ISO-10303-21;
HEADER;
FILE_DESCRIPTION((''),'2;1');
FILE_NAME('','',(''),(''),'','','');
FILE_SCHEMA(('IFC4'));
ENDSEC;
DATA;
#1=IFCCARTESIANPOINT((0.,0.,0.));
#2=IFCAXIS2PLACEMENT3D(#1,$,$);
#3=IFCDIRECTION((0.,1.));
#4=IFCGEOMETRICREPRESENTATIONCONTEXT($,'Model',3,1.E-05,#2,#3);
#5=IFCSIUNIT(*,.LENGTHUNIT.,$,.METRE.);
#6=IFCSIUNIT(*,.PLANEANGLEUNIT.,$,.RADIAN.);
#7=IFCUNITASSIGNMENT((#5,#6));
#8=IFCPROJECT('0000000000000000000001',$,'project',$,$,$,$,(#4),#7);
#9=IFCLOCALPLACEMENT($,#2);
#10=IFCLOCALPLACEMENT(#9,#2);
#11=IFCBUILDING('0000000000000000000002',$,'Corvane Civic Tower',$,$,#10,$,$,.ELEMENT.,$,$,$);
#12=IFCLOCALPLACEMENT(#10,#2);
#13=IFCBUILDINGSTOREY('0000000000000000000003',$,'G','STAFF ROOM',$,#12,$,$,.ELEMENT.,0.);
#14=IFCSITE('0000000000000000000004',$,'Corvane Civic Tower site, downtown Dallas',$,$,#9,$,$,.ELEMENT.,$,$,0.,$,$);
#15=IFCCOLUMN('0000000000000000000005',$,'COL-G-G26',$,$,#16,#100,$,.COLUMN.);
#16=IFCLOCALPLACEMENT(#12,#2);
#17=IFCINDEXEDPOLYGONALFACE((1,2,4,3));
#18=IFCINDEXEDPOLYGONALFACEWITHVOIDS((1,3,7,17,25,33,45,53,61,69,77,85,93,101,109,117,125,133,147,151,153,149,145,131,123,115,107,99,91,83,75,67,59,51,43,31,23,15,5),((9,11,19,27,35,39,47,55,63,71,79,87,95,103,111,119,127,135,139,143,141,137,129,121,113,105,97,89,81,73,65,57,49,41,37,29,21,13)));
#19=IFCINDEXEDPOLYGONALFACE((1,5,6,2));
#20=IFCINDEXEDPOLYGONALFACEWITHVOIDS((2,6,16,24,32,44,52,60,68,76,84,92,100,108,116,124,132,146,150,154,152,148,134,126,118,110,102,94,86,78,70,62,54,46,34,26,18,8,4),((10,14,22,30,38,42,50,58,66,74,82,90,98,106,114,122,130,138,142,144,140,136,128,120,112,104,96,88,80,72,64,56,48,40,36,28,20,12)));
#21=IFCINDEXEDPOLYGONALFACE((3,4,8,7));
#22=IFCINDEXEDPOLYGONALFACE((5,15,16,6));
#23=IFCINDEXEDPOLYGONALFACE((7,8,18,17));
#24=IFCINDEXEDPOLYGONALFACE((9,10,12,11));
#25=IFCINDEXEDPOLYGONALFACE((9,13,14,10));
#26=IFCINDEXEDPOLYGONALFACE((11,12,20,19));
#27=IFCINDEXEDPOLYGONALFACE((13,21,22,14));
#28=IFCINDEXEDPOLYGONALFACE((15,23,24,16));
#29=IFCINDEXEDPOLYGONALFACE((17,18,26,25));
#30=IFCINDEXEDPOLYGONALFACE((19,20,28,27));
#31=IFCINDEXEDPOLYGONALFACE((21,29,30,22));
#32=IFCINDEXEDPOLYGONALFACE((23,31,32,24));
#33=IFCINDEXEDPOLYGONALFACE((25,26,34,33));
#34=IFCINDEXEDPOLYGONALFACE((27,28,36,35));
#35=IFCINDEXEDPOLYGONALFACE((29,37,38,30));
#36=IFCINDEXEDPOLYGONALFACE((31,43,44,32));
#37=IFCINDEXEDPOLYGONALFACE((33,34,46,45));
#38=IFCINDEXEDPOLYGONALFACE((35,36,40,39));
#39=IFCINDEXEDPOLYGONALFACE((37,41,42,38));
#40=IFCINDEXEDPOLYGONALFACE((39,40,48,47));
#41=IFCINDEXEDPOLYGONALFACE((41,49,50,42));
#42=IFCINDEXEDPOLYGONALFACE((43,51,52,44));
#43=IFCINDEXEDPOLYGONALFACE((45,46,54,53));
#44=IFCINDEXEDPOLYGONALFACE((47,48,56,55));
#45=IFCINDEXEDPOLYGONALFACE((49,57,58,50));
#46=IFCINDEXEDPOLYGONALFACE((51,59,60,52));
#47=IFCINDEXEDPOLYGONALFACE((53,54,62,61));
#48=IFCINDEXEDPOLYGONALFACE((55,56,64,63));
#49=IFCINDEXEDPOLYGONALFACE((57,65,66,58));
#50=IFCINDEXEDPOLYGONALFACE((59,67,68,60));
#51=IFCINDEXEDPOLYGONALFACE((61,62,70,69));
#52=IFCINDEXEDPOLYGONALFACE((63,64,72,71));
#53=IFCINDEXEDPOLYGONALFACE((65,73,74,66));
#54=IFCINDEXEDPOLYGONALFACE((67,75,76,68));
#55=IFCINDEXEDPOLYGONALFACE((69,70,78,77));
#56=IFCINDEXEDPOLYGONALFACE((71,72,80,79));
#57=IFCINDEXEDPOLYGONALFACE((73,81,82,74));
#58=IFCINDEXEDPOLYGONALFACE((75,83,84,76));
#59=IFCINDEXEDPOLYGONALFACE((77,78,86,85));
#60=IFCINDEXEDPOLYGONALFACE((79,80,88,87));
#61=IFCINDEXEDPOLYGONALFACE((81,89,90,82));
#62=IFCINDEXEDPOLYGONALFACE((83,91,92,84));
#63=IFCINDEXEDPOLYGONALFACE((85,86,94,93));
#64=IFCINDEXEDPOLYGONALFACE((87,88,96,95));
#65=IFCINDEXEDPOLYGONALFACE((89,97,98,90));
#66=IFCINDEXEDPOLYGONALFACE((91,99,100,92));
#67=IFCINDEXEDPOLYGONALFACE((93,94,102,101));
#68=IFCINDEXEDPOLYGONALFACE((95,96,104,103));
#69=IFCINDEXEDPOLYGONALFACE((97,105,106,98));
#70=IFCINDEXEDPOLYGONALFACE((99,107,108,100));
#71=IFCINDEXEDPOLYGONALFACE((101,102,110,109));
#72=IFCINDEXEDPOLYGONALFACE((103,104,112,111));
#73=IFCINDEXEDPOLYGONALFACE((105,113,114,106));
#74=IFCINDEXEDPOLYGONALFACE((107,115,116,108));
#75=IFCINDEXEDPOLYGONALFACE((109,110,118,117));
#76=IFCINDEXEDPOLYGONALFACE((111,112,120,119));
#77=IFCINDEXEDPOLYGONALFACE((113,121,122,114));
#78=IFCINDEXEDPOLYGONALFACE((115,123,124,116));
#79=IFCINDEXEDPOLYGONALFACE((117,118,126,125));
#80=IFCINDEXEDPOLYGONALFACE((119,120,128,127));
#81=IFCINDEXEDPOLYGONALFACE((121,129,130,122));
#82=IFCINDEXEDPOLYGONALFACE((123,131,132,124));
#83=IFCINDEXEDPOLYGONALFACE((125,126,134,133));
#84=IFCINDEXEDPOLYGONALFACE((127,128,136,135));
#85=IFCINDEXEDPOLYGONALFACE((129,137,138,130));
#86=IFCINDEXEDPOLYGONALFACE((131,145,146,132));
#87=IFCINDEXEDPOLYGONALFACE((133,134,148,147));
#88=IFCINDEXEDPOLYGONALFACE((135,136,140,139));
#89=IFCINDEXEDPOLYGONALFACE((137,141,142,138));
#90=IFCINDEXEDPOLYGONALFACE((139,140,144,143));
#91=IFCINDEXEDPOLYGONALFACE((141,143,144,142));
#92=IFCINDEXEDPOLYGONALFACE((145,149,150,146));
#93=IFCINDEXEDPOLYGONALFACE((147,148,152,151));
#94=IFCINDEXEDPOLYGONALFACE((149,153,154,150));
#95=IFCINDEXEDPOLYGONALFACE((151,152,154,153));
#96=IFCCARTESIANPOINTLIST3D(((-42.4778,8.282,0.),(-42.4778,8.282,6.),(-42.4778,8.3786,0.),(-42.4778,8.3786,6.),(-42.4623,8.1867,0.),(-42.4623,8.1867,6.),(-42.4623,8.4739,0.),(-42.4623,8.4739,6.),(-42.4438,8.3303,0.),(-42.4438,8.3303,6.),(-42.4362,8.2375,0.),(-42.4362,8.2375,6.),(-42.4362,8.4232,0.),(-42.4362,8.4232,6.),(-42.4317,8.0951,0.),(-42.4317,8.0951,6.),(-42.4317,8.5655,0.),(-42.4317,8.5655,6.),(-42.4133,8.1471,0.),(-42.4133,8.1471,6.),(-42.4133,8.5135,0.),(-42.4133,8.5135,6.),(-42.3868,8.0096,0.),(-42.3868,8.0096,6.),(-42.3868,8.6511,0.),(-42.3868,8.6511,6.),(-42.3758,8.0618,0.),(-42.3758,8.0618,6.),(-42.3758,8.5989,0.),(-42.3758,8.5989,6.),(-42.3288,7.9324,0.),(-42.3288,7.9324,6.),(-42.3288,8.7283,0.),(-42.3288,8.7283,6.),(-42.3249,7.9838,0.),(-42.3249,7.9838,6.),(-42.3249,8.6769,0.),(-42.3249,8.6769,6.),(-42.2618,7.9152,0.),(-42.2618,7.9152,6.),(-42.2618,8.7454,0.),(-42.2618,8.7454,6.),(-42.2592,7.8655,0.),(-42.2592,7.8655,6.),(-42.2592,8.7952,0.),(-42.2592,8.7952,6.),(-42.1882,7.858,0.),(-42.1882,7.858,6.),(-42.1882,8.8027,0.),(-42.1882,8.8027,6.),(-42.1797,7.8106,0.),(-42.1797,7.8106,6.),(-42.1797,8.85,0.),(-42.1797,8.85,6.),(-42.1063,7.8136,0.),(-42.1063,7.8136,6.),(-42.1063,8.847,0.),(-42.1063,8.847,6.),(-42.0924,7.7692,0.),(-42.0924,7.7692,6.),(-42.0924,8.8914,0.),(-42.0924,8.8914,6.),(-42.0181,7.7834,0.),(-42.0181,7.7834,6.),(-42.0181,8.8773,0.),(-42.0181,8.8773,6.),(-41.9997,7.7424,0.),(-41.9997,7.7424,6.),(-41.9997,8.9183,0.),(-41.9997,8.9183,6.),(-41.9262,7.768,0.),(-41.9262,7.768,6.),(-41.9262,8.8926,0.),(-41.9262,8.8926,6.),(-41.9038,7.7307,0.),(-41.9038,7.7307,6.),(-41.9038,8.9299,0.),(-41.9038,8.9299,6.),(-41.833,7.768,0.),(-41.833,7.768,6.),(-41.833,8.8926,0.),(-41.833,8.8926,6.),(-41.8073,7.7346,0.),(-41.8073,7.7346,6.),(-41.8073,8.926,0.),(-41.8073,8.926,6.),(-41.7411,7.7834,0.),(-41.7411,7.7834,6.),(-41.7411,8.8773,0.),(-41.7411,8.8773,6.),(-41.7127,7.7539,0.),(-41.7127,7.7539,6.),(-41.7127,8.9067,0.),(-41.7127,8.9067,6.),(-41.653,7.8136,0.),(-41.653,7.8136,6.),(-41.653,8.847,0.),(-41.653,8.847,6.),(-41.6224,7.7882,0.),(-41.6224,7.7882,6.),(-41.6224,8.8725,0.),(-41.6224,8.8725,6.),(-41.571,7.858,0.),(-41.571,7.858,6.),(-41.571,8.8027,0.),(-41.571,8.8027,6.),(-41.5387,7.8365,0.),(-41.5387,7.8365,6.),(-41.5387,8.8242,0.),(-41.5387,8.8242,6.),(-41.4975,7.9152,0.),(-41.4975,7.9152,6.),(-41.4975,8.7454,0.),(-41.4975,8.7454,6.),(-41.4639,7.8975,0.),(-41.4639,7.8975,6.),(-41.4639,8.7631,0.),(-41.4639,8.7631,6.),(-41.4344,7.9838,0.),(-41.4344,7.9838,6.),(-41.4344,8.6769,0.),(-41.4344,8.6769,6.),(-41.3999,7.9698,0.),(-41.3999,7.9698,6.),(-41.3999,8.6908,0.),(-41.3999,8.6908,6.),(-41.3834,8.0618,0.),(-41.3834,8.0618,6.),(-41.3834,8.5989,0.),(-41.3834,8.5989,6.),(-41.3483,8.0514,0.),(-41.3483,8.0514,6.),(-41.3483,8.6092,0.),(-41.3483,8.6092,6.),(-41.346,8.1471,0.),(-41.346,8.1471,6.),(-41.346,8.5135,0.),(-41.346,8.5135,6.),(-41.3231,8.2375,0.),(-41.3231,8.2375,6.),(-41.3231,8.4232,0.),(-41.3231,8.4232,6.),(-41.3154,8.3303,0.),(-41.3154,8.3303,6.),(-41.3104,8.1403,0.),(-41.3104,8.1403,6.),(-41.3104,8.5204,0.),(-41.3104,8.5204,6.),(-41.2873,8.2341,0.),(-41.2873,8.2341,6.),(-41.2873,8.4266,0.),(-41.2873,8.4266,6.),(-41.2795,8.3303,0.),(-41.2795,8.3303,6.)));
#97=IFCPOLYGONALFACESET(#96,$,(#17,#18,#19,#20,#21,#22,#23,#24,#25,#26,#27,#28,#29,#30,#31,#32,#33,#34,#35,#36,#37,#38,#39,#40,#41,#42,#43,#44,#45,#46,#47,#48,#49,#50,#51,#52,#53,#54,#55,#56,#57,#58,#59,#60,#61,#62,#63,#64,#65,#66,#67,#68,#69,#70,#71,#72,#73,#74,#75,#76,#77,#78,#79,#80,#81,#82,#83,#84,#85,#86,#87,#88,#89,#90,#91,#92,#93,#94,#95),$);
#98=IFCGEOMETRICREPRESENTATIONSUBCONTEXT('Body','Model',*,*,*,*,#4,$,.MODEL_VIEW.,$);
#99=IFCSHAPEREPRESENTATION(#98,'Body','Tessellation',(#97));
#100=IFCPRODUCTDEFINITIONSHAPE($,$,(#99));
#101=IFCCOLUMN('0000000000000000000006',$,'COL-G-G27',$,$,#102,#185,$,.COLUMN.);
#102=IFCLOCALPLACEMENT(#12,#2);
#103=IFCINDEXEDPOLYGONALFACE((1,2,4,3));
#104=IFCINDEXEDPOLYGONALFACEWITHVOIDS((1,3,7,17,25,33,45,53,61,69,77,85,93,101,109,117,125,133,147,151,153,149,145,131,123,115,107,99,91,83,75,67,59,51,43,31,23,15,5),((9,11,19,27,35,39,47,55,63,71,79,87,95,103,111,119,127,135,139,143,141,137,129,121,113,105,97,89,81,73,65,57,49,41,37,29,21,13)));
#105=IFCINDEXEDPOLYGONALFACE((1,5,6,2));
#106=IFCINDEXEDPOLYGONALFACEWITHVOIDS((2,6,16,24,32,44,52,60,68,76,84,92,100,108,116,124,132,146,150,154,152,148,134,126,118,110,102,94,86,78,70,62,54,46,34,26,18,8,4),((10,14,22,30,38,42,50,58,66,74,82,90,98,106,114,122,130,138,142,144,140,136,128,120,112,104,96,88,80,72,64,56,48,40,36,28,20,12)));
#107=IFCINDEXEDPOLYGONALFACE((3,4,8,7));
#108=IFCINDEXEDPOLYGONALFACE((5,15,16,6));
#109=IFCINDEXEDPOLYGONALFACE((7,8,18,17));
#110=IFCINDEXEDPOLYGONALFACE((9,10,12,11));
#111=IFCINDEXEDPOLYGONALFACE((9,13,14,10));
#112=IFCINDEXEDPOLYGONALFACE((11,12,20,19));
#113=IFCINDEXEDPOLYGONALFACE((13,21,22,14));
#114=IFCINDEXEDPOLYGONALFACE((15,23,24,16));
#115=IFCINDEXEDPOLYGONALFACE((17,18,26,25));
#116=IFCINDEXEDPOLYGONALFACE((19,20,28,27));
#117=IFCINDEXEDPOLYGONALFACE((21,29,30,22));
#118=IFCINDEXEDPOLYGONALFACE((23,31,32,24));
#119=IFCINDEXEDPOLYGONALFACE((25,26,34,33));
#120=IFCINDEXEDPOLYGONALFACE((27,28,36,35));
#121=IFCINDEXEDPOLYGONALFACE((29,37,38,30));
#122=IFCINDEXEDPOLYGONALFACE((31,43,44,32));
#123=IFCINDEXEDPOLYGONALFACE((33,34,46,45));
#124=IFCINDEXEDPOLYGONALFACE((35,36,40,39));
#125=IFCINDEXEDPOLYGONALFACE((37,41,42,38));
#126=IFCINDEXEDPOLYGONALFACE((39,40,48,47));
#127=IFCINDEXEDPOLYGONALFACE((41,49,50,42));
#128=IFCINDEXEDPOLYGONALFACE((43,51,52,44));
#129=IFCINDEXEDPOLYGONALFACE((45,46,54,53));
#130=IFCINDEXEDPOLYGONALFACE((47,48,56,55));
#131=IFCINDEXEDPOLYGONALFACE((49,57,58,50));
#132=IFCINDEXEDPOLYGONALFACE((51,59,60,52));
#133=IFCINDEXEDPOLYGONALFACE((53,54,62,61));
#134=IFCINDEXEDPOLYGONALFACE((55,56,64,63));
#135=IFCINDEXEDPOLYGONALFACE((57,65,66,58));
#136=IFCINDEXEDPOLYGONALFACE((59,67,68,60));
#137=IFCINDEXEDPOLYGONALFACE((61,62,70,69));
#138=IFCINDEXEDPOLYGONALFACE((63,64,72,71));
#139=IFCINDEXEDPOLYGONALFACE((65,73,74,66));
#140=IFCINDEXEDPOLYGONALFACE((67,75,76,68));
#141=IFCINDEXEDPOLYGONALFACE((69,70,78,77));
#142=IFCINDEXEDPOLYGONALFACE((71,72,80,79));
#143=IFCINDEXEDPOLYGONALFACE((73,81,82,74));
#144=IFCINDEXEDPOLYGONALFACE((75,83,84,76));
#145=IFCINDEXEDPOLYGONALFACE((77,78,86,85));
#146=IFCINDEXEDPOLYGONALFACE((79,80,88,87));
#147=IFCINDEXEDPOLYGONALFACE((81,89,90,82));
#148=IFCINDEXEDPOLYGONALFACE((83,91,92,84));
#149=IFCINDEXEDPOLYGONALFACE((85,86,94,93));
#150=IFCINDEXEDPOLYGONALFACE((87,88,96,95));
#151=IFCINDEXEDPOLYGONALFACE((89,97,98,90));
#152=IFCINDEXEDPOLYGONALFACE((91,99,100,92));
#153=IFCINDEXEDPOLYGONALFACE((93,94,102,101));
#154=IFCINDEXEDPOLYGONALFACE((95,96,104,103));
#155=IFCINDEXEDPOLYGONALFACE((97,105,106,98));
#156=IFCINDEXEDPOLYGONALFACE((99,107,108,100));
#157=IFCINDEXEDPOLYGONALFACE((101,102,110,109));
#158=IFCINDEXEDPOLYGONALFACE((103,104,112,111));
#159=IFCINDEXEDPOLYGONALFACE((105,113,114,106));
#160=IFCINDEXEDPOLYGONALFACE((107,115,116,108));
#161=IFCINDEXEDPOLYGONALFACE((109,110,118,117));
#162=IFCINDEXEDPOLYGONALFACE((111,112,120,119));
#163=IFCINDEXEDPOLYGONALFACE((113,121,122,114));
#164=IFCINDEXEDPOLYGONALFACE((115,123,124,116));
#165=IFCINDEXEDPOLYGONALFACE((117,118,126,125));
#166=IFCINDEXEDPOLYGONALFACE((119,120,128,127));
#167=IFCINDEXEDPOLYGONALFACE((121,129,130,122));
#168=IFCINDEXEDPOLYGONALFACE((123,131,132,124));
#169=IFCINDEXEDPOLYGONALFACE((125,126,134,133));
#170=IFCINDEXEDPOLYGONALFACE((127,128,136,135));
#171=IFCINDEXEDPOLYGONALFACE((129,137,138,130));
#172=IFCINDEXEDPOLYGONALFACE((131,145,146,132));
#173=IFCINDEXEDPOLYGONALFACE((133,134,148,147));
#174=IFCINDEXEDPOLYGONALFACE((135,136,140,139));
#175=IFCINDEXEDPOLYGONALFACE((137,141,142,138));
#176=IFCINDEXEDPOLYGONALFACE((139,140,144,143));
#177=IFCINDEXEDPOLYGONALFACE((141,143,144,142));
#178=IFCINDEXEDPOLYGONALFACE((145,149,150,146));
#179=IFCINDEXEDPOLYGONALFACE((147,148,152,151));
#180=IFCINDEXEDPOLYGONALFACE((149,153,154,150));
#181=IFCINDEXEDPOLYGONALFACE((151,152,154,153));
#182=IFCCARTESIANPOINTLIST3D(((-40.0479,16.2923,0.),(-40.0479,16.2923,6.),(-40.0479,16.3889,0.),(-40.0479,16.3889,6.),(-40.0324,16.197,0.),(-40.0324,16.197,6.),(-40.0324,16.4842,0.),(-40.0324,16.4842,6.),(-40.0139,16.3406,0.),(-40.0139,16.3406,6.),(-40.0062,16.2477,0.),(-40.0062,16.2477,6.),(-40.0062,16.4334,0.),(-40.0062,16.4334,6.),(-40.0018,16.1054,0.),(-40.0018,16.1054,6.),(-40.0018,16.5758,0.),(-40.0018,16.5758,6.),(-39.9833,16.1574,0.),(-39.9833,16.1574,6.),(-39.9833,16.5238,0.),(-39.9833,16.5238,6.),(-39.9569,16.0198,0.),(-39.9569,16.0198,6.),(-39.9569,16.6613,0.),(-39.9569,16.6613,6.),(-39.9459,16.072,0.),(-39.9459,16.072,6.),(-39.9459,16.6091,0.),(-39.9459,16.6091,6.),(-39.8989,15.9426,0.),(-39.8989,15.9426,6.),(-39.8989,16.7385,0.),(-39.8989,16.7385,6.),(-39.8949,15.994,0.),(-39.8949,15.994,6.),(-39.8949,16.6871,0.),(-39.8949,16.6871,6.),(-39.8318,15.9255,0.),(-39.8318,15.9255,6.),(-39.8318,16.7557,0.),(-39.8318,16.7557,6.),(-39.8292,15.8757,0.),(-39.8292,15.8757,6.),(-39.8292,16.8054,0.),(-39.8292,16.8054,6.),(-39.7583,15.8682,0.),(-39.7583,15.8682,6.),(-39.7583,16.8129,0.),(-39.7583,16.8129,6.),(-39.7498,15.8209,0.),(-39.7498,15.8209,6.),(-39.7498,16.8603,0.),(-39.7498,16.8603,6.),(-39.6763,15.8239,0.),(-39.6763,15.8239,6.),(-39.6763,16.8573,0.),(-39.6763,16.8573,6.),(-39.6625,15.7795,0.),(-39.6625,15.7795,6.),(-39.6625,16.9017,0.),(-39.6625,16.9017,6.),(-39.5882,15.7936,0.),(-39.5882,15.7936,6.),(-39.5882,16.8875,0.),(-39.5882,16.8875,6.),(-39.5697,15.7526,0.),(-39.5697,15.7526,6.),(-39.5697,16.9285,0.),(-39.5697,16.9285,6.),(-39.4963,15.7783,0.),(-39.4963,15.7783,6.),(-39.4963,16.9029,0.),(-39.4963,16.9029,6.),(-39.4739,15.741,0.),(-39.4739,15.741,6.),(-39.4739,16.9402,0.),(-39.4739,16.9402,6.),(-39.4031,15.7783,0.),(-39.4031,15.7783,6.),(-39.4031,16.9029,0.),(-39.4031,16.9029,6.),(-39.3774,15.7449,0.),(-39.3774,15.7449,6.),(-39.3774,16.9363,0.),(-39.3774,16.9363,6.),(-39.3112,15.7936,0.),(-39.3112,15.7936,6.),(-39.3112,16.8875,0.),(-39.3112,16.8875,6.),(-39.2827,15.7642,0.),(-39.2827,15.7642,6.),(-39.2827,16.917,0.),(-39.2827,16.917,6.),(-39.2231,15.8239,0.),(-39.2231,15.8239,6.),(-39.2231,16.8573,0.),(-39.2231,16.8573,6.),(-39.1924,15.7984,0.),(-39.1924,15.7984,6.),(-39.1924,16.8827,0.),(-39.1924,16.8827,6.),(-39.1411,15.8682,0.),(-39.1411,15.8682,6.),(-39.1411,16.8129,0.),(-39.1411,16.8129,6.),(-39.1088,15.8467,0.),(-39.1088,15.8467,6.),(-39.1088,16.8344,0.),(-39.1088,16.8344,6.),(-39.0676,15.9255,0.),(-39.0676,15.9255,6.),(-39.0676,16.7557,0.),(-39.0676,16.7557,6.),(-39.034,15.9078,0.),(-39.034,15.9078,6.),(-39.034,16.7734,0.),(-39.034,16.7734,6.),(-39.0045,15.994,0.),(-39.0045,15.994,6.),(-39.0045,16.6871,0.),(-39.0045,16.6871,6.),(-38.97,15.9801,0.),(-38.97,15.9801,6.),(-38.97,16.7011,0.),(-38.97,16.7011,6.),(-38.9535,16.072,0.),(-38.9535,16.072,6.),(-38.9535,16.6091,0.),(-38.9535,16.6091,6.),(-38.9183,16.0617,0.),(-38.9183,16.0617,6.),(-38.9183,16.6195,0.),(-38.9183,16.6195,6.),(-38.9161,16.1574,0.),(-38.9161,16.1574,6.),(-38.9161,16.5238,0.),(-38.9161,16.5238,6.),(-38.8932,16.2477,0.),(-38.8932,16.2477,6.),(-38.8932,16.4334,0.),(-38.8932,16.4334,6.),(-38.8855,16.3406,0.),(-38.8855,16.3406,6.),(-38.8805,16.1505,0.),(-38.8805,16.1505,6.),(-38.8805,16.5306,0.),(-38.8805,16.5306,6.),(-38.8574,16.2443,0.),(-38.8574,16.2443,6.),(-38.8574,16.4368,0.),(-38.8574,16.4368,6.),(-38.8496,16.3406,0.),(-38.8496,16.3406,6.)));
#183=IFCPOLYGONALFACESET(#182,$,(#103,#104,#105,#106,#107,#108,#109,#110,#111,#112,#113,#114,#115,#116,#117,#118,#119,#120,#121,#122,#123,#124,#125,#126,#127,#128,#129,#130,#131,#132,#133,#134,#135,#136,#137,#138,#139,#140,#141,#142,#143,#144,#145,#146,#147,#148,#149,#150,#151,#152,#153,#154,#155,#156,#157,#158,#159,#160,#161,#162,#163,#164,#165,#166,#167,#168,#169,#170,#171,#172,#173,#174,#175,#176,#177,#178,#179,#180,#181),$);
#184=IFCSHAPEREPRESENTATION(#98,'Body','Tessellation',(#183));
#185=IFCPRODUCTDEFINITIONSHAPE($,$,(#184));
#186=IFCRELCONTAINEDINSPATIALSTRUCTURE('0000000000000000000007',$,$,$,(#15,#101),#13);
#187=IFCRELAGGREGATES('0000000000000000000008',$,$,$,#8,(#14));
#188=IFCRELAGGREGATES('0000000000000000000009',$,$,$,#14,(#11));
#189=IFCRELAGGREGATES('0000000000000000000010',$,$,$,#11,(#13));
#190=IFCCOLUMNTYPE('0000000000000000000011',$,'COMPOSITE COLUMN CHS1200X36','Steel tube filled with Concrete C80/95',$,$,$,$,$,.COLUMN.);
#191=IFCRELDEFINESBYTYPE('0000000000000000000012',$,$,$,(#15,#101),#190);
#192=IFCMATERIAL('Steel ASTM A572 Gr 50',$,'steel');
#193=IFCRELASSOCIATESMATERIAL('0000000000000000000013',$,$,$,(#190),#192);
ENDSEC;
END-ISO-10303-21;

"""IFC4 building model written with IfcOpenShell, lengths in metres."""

from ifc_helpers import new_model, si_unit, direction, frame, origin, origin_2d, place, context, subcontext, project, spatial, hollow_circle, extrude, material, material_profile, profile_set, type_object, element, save


model = new_model("IFC4")

# Units and contexts
model_context = context("Model", 3, precision=1e-05, world=origin(), true_north=direction((0.0, 1.0)))
body_context = subcontext(model_context, "Body", "Model", "MODEL_VIEW")
ifc_project = project(units=[si_unit("LENGTHUNIT", "METRE"), si_unit("PLANEANGLEUNIT", "RADIAN")], contexts=[model_context])

# Site, building, storey
site_placement = place(None, origin())
site = spatial("IfcSite", under=ifc_project, at=site_placement, Name="Corvane Civic Tower site, downtown Dallas", CompositionType="ELEMENT", RefElevation=0.0)
building_placement = place(site_placement, origin())
building = spatial("IfcBuilding", under=site, at=building_placement, Name="Corvane Civic Tower", CompositionType="ELEMENT")
storey_placement = place(building_placement, origin())
storey = spatial("IfcBuildingStorey", under=building, at=storey_placement, Name="G", Description="STAFF ROOM", CompositionType="ELEMENT", Elevation=0.0)

# Columns
ifc_material_1 = material(Name="Steel ASTM A572 Gr 50", Category="steel")
ifc_material_profile_1 = material_profile(ifc_material_1, hollow_circle(Radius=0.6001, WallThickness=0.0359, at=origin_2d()), Name="CHS1200X36")
ifc_profile_set_1 = profile_set([ifc_material_profile_1], Name="Steel ASTM A572 Gr 50")
column_type_1 = type_object("IfcColumnType", Name="COMPOSITE COLUMN CHS1200X36", Description="Steel tube filled with Concrete C80/95", PredefinedType="COLUMN", material=ifc_profile_set_1)
for number, where, z_axis, x_axis, name in (
    (1, (-41.8796, 8.3303, 0.0), (0.0, 0.0, 1.0), (1.0, 0.0, 0.0), "COL-G-G26"),
    (2, (-39.4497, 16.3406, 0.0), (0.0, 0.0, 1.0), (1.0, 0.0, 0.0), "COL-G-G27"),
):
    element("IfcColumn", number, at=place(storey_placement, frame(where, z_axis=z_axis, x_axis=x_axis)), inside=storey, type_object=column_type_1, Name=name, PredefinedType="COLUMN", context=body_context, shape_type="SweptSolid", body=[
        extrude(hollow_circle(Radius=0.6001, WallThickness=0.0359, at=origin_2d()), origin(), (0.0, 0.0, 1.0), 6.0),
    ])

save(model, "model.ifc")
